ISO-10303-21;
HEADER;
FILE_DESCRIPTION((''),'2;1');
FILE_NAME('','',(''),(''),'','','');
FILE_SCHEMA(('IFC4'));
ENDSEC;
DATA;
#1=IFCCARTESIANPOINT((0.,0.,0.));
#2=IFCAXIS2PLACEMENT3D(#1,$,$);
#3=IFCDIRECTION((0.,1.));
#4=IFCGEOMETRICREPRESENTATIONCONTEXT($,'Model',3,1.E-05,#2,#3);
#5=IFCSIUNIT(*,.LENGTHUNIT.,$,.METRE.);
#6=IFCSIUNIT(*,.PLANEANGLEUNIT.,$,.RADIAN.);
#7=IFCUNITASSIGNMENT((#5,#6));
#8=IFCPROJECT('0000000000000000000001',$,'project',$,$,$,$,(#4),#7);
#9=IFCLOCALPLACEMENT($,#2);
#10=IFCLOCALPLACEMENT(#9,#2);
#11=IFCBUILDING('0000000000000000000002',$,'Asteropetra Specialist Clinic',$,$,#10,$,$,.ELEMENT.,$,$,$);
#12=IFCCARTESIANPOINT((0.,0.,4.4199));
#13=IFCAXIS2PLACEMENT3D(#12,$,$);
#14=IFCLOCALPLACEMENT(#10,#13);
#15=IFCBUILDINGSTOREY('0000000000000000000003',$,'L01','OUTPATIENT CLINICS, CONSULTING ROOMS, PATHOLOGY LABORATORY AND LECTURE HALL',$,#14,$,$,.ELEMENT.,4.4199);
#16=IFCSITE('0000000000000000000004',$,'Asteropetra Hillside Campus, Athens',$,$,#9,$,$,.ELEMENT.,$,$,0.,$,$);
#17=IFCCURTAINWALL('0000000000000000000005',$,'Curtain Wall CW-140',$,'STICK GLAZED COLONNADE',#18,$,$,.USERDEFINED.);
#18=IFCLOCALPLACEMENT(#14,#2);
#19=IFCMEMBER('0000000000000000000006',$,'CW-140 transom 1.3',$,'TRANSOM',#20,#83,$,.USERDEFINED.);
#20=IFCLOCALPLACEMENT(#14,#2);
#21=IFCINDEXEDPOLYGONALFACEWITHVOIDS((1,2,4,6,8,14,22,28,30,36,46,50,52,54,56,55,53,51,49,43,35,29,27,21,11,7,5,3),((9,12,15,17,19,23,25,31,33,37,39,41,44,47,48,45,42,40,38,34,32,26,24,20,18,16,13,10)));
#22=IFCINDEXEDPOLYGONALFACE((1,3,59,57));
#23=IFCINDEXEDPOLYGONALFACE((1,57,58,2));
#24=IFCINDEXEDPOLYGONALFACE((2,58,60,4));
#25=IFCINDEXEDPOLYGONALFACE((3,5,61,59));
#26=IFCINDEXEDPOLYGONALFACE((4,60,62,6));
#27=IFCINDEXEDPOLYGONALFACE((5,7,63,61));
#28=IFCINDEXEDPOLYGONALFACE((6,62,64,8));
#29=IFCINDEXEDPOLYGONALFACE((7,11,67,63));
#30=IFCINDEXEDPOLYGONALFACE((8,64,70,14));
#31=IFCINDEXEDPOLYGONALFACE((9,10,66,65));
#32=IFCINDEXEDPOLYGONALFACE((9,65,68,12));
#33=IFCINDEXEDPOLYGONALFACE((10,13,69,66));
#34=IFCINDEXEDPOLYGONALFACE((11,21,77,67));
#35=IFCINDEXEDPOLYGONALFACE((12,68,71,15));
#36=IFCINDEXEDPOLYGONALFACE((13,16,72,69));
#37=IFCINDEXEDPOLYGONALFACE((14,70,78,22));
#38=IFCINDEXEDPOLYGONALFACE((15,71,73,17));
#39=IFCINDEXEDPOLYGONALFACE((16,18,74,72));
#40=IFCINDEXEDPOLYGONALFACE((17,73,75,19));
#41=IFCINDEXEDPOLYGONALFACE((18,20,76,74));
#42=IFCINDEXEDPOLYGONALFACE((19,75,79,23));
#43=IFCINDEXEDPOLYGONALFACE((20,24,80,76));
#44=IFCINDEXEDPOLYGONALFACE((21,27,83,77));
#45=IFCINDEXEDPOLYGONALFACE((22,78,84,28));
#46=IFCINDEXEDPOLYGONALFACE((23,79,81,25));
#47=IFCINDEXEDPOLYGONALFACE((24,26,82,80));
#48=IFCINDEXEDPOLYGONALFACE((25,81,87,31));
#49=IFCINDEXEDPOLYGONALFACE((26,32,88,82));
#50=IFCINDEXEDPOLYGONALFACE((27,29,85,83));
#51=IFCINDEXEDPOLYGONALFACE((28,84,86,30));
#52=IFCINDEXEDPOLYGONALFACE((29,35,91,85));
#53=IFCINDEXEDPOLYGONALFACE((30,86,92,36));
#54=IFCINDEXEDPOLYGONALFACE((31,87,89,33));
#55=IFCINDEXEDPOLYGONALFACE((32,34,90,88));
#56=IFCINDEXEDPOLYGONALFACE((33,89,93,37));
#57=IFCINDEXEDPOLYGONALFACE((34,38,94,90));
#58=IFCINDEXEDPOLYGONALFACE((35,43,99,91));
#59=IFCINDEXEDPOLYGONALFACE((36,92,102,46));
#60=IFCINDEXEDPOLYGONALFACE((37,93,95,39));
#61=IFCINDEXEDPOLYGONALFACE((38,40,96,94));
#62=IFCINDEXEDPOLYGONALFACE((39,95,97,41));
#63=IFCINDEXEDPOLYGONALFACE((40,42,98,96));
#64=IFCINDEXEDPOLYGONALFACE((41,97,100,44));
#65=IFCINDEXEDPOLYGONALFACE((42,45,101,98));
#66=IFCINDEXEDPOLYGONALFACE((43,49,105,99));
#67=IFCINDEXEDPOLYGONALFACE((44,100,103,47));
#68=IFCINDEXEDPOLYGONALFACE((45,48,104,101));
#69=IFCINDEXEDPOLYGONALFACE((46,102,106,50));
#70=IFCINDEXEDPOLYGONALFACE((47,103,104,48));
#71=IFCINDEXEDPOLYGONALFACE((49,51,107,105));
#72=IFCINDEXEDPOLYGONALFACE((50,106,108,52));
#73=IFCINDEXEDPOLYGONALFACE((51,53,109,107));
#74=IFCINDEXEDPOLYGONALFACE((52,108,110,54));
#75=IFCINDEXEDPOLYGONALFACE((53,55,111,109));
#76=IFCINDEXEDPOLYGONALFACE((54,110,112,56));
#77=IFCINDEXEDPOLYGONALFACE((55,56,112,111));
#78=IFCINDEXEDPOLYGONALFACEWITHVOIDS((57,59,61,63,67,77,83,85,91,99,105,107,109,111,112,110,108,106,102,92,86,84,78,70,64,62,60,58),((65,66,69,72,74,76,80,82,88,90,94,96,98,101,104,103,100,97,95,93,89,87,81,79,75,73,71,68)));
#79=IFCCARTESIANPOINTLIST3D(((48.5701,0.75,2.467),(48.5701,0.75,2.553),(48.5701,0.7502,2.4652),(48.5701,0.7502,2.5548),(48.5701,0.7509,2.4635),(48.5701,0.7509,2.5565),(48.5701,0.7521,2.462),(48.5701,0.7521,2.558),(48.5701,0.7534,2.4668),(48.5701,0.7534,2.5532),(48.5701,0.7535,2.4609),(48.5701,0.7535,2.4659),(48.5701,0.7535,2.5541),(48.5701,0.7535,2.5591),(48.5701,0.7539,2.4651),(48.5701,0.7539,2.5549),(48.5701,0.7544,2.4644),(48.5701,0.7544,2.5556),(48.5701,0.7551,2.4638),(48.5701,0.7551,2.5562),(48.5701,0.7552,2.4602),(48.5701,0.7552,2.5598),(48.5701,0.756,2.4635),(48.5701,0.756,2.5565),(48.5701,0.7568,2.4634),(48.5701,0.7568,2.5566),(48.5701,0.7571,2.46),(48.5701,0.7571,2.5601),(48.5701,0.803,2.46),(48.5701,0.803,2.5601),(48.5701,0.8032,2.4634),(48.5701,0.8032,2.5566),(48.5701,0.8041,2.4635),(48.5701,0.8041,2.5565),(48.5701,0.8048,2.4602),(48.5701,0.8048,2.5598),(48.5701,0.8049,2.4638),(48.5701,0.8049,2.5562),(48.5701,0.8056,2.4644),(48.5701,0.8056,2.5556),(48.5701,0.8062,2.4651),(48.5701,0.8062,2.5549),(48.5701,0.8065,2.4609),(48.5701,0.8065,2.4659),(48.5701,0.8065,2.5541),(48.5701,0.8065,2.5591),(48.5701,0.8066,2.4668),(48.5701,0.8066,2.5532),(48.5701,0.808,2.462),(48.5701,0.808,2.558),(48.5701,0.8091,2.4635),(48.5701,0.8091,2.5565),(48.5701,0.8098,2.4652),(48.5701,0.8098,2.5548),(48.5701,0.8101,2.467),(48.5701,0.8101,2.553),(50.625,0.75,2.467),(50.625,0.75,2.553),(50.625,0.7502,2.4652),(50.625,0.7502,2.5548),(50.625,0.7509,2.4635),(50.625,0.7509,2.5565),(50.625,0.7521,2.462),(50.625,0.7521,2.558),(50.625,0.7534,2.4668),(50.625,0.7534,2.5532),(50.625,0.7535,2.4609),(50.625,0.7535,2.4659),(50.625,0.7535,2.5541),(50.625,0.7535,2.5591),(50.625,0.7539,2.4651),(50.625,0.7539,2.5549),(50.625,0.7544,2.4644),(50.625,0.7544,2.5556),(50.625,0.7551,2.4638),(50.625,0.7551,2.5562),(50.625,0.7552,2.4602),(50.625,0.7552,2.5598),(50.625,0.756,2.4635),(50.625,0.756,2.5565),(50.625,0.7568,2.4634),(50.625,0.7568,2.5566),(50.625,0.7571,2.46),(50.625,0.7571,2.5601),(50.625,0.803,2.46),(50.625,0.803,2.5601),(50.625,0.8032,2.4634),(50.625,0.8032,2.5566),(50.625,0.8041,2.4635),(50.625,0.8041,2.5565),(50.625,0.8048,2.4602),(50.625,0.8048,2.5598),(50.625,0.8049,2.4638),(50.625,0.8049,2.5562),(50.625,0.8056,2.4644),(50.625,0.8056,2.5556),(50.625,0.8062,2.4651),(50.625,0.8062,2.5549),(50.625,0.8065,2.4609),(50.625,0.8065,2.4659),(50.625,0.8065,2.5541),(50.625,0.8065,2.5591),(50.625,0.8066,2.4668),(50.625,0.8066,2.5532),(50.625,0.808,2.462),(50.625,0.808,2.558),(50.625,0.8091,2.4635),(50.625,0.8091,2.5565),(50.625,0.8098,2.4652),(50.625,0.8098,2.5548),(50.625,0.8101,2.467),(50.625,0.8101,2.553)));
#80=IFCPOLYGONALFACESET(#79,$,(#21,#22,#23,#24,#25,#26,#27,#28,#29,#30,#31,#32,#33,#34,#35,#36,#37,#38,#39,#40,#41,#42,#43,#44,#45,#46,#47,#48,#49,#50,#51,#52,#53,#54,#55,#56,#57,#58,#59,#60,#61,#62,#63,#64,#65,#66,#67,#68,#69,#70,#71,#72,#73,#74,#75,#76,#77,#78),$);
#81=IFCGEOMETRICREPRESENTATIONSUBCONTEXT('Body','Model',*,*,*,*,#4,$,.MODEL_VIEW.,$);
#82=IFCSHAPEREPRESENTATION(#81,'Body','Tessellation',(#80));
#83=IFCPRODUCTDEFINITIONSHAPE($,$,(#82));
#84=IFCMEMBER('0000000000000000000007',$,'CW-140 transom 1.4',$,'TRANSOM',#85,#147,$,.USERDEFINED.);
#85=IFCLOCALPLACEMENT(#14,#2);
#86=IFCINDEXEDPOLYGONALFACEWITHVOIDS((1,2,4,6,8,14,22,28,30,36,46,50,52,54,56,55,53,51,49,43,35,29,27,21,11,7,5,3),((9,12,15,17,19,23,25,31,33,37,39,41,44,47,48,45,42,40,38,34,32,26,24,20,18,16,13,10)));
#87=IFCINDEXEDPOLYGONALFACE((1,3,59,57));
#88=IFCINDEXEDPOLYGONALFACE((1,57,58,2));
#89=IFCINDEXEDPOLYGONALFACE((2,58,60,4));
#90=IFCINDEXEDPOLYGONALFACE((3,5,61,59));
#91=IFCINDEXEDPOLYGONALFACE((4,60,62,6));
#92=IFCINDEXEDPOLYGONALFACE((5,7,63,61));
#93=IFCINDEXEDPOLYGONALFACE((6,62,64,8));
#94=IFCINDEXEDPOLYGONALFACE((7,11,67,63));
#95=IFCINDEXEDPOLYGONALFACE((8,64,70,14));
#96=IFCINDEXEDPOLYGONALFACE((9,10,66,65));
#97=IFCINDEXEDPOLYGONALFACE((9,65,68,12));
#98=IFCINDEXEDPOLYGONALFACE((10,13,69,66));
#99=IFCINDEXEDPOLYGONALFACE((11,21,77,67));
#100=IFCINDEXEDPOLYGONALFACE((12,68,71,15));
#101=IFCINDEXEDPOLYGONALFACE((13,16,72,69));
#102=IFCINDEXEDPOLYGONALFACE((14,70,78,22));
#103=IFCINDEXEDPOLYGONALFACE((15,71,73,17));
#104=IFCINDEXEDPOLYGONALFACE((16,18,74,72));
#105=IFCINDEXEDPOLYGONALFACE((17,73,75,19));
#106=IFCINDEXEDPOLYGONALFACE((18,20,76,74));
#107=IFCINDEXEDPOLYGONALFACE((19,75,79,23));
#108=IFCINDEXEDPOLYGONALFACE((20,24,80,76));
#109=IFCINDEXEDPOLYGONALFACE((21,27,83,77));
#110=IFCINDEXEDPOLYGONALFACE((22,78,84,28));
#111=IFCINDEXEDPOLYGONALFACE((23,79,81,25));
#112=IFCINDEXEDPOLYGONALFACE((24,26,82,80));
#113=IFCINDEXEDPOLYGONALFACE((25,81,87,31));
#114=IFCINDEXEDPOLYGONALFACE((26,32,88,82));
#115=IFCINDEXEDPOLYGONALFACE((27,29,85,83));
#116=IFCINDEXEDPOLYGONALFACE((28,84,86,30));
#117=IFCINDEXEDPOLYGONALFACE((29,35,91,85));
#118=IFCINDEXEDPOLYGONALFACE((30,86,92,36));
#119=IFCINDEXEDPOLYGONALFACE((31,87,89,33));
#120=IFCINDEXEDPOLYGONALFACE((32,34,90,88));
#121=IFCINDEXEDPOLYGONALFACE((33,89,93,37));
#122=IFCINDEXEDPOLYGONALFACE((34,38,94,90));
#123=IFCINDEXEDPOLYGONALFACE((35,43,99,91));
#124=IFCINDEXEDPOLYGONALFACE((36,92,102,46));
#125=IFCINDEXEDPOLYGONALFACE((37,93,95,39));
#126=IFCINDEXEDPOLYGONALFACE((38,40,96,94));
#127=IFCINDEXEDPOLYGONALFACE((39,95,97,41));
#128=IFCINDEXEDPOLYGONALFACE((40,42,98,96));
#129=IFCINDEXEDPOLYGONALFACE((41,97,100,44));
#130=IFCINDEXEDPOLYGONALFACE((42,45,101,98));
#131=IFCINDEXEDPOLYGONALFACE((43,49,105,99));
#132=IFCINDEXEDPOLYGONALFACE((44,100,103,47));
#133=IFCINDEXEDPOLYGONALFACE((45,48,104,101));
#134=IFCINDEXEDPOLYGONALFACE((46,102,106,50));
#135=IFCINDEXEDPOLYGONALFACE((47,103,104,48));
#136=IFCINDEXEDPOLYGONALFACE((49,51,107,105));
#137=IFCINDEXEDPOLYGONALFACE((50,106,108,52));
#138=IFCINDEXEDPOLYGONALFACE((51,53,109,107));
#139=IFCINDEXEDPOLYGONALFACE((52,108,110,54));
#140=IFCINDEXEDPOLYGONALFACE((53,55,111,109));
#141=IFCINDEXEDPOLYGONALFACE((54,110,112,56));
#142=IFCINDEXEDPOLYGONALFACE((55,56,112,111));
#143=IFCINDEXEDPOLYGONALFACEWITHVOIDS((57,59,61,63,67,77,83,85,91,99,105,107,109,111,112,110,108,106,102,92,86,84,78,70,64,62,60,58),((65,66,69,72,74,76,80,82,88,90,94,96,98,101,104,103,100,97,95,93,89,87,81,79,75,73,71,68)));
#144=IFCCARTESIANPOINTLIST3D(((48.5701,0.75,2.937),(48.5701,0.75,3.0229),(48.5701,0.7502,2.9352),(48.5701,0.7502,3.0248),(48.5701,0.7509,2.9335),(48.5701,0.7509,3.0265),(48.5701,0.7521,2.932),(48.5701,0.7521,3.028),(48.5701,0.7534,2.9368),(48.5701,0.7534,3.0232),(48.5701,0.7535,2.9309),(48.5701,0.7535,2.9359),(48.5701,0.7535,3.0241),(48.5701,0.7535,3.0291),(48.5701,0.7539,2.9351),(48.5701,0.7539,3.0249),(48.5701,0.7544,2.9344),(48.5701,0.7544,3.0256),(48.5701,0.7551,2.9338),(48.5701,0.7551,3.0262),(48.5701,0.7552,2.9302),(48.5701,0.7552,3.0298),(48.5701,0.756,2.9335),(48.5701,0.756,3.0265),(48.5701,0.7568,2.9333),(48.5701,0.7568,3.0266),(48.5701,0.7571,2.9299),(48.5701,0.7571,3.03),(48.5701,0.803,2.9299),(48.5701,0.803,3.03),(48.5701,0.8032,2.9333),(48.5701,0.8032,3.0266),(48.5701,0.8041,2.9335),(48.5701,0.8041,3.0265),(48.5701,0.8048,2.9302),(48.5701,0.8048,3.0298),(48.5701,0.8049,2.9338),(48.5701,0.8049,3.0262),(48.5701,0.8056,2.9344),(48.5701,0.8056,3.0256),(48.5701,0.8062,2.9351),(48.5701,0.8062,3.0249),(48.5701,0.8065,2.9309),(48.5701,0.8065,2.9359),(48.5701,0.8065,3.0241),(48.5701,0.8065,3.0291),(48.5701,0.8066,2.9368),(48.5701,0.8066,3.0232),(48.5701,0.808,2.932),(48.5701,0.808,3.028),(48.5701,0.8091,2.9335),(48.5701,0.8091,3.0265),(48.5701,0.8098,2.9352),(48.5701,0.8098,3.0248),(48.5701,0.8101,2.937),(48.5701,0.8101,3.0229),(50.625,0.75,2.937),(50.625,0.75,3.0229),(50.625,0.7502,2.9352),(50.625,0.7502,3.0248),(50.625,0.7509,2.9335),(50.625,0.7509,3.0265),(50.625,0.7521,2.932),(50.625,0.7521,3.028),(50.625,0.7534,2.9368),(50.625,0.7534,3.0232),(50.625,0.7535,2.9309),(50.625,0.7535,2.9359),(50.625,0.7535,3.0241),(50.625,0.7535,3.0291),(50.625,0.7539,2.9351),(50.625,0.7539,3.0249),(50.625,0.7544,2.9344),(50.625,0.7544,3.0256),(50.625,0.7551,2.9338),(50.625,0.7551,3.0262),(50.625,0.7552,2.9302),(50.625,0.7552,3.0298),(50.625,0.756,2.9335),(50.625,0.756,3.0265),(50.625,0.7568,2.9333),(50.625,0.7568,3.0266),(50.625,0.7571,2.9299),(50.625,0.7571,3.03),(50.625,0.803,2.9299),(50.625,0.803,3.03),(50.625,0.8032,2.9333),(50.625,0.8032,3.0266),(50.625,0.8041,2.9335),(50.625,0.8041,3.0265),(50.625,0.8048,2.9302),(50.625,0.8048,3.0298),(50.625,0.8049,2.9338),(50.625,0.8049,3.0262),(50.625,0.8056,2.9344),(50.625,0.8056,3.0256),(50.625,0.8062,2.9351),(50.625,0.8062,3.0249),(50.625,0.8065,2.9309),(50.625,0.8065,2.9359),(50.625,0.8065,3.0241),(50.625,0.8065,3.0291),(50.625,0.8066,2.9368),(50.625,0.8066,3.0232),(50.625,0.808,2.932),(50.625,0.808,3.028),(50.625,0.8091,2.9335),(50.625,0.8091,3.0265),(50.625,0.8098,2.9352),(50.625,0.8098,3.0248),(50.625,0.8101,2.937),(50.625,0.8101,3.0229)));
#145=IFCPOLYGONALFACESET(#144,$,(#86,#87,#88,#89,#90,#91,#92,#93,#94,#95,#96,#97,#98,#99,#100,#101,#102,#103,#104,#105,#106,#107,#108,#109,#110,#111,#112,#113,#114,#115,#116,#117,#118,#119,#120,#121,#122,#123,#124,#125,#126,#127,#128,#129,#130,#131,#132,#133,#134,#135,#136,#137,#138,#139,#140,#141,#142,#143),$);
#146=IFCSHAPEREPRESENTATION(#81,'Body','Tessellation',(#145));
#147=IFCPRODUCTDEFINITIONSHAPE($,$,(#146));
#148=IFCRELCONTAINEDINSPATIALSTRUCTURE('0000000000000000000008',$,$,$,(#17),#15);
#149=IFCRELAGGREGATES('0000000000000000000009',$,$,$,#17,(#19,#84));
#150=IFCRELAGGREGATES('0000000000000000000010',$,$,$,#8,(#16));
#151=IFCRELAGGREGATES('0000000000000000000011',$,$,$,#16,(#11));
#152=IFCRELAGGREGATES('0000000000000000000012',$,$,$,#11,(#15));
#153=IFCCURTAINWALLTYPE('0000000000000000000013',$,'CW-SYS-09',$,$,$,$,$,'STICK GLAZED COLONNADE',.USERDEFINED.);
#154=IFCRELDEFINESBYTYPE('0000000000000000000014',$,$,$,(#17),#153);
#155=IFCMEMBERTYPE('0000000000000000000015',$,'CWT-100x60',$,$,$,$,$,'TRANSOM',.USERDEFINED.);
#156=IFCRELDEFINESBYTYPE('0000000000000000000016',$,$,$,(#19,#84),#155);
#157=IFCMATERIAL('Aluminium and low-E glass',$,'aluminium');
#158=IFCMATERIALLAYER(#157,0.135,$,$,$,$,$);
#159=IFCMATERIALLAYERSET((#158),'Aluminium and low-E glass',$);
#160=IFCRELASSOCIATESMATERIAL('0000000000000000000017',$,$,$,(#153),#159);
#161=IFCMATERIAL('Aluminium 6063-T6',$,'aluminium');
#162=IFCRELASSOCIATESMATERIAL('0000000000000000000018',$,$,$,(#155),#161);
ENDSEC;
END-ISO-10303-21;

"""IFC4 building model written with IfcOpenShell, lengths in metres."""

from ifc_helpers import new_model, si_unit, direction, frame, origin, origin_2d, place, context, subcontext, project, spatial, hollow_rectangle, extrude, material, layer, layer_set, material_profile, profile_set, type_object, element, aggregate, save


model = new_model("IFC4")

# Units and contexts
model_context = context("Model", 3, precision=1e-05, world=origin(), true_north=direction((0.0, 1.0)))
body_context = subcontext(model_context, "Body", "Model", "MODEL_VIEW")
ifc_project = project(units=[si_unit("LENGTHUNIT", "METRE"), si_unit("PLANEANGLEUNIT", "RADIAN")], contexts=[model_context])

# Site, building, storey
site_placement = place(None, origin())
site = spatial("IfcSite", under=ifc_project, at=site_placement, Name="Asteropetra Hillside Campus, Athens", CompositionType="ELEMENT", RefElevation=0.0)
building_placement = place(site_placement, origin())
building = spatial("IfcBuilding", under=site, at=building_placement, Name="Asteropetra Specialist Clinic", CompositionType="ELEMENT")
storey_placement = place(building_placement, frame((0.0, 0.0, 4.4199)))
storey = spatial("IfcBuildingStorey", under=building, at=storey_placement, Name="L01", Description="OUTPATIENT CLINICS, CONSULTING ROOMS, PATHOLOGY LABORATORY AND LECTURE HALL", CompositionType="ELEMENT", Elevation=4.4199)

# Curtain wall
ifc_material_1 = material(Name="Aluminium and low-E glass", Category="aluminium")
ifc_layer_1 = layer(ifc_material_1, 0.135)
ifc_layer_set_1 = layer_set([ifc_layer_1], Name="Aluminium and low-E glass")
curtain_wall_type_1 = type_object("IfcCurtainWallType", Name="CW-SYS-09", ElementType="STICK GLAZED COLONNADE", PredefinedType="USERDEFINED", material=ifc_layer_set_1)
curtain_wall_1_placement = place(storey_placement, origin())
curtain_wall_1 = element("IfcCurtainWall", 1, at=curtain_wall_1_placement, inside=storey, type_object=curtain_wall_type_1, Name="Curtain Wall CW-140", ObjectType="STICK GLAZED COLONNADE", PredefinedType="USERDEFINED")

# Members
ifc_material_2 = material(Name="Aluminium 6063-T6", Category="aluminium")
ifc_material_profile_1 = material_profile(ifc_material_2, hollow_rectangle(XDim=0.0601, YDim=0.1001, WallThickness=0.0034, InnerFilletRadius=0.0034, OuterFilletRadius=0.0071, at=origin_2d()), Name="TRN 100x60x3.5")
ifc_profile_set_1 = profile_set([ifc_material_profile_1], Name="Aluminium 6063-T6")
member_type_1 = type_object("IfcMemberType", Name="CWT-100x60", ElementType="TRANSOM", PredefinedType="USERDEFINED", material=ifc_profile_set_1)
member_1_placement = place(storey_placement, frame((48.5701, 0.78, 2.51), z_axis=(1.0, 0.0, 0.0), x_axis=(0.0, 1.0, 0.0)))
member_1 = element("IfcMember", 2, at=member_1_placement, type_object=member_type_1, Name="CW-140 transom 1.3", ObjectType="TRANSOM", PredefinedType="USERDEFINED", context=body_context, shape_type="SweptSolid", body=[
    extrude(hollow_rectangle(XDim=0.0601, YDim=0.1001, WallThickness=0.0034, InnerFilletRadius=0.0034, OuterFilletRadius=0.0071, at=origin_2d()), origin(), (0.0, 0.0, 1.0), 2.0549),
])
member_2_placement = place(storey_placement, frame((48.5701, 0.78, 2.98), z_axis=(1.0, 0.0, 0.0), x_axis=(0.0, 1.0, 0.0)))
member_2 = element("IfcMember", 3, at=member_2_placement, type_object=member_type_1, Name="CW-140 transom 1.4", ObjectType="TRANSOM", PredefinedType="USERDEFINED", context=body_context, shape_type="SweptSolid", body=[
    extrude(hollow_rectangle(XDim=0.0601, YDim=0.1001, WallThickness=0.0034, InnerFilletRadius=0.0034, OuterFilletRadius=0.0071, at=origin_2d()), origin(), (0.0, 0.0, 1.0), 2.0549),
])

aggregate(curtain_wall_1, [member_1, member_2])

save(model, "model.ifc")
